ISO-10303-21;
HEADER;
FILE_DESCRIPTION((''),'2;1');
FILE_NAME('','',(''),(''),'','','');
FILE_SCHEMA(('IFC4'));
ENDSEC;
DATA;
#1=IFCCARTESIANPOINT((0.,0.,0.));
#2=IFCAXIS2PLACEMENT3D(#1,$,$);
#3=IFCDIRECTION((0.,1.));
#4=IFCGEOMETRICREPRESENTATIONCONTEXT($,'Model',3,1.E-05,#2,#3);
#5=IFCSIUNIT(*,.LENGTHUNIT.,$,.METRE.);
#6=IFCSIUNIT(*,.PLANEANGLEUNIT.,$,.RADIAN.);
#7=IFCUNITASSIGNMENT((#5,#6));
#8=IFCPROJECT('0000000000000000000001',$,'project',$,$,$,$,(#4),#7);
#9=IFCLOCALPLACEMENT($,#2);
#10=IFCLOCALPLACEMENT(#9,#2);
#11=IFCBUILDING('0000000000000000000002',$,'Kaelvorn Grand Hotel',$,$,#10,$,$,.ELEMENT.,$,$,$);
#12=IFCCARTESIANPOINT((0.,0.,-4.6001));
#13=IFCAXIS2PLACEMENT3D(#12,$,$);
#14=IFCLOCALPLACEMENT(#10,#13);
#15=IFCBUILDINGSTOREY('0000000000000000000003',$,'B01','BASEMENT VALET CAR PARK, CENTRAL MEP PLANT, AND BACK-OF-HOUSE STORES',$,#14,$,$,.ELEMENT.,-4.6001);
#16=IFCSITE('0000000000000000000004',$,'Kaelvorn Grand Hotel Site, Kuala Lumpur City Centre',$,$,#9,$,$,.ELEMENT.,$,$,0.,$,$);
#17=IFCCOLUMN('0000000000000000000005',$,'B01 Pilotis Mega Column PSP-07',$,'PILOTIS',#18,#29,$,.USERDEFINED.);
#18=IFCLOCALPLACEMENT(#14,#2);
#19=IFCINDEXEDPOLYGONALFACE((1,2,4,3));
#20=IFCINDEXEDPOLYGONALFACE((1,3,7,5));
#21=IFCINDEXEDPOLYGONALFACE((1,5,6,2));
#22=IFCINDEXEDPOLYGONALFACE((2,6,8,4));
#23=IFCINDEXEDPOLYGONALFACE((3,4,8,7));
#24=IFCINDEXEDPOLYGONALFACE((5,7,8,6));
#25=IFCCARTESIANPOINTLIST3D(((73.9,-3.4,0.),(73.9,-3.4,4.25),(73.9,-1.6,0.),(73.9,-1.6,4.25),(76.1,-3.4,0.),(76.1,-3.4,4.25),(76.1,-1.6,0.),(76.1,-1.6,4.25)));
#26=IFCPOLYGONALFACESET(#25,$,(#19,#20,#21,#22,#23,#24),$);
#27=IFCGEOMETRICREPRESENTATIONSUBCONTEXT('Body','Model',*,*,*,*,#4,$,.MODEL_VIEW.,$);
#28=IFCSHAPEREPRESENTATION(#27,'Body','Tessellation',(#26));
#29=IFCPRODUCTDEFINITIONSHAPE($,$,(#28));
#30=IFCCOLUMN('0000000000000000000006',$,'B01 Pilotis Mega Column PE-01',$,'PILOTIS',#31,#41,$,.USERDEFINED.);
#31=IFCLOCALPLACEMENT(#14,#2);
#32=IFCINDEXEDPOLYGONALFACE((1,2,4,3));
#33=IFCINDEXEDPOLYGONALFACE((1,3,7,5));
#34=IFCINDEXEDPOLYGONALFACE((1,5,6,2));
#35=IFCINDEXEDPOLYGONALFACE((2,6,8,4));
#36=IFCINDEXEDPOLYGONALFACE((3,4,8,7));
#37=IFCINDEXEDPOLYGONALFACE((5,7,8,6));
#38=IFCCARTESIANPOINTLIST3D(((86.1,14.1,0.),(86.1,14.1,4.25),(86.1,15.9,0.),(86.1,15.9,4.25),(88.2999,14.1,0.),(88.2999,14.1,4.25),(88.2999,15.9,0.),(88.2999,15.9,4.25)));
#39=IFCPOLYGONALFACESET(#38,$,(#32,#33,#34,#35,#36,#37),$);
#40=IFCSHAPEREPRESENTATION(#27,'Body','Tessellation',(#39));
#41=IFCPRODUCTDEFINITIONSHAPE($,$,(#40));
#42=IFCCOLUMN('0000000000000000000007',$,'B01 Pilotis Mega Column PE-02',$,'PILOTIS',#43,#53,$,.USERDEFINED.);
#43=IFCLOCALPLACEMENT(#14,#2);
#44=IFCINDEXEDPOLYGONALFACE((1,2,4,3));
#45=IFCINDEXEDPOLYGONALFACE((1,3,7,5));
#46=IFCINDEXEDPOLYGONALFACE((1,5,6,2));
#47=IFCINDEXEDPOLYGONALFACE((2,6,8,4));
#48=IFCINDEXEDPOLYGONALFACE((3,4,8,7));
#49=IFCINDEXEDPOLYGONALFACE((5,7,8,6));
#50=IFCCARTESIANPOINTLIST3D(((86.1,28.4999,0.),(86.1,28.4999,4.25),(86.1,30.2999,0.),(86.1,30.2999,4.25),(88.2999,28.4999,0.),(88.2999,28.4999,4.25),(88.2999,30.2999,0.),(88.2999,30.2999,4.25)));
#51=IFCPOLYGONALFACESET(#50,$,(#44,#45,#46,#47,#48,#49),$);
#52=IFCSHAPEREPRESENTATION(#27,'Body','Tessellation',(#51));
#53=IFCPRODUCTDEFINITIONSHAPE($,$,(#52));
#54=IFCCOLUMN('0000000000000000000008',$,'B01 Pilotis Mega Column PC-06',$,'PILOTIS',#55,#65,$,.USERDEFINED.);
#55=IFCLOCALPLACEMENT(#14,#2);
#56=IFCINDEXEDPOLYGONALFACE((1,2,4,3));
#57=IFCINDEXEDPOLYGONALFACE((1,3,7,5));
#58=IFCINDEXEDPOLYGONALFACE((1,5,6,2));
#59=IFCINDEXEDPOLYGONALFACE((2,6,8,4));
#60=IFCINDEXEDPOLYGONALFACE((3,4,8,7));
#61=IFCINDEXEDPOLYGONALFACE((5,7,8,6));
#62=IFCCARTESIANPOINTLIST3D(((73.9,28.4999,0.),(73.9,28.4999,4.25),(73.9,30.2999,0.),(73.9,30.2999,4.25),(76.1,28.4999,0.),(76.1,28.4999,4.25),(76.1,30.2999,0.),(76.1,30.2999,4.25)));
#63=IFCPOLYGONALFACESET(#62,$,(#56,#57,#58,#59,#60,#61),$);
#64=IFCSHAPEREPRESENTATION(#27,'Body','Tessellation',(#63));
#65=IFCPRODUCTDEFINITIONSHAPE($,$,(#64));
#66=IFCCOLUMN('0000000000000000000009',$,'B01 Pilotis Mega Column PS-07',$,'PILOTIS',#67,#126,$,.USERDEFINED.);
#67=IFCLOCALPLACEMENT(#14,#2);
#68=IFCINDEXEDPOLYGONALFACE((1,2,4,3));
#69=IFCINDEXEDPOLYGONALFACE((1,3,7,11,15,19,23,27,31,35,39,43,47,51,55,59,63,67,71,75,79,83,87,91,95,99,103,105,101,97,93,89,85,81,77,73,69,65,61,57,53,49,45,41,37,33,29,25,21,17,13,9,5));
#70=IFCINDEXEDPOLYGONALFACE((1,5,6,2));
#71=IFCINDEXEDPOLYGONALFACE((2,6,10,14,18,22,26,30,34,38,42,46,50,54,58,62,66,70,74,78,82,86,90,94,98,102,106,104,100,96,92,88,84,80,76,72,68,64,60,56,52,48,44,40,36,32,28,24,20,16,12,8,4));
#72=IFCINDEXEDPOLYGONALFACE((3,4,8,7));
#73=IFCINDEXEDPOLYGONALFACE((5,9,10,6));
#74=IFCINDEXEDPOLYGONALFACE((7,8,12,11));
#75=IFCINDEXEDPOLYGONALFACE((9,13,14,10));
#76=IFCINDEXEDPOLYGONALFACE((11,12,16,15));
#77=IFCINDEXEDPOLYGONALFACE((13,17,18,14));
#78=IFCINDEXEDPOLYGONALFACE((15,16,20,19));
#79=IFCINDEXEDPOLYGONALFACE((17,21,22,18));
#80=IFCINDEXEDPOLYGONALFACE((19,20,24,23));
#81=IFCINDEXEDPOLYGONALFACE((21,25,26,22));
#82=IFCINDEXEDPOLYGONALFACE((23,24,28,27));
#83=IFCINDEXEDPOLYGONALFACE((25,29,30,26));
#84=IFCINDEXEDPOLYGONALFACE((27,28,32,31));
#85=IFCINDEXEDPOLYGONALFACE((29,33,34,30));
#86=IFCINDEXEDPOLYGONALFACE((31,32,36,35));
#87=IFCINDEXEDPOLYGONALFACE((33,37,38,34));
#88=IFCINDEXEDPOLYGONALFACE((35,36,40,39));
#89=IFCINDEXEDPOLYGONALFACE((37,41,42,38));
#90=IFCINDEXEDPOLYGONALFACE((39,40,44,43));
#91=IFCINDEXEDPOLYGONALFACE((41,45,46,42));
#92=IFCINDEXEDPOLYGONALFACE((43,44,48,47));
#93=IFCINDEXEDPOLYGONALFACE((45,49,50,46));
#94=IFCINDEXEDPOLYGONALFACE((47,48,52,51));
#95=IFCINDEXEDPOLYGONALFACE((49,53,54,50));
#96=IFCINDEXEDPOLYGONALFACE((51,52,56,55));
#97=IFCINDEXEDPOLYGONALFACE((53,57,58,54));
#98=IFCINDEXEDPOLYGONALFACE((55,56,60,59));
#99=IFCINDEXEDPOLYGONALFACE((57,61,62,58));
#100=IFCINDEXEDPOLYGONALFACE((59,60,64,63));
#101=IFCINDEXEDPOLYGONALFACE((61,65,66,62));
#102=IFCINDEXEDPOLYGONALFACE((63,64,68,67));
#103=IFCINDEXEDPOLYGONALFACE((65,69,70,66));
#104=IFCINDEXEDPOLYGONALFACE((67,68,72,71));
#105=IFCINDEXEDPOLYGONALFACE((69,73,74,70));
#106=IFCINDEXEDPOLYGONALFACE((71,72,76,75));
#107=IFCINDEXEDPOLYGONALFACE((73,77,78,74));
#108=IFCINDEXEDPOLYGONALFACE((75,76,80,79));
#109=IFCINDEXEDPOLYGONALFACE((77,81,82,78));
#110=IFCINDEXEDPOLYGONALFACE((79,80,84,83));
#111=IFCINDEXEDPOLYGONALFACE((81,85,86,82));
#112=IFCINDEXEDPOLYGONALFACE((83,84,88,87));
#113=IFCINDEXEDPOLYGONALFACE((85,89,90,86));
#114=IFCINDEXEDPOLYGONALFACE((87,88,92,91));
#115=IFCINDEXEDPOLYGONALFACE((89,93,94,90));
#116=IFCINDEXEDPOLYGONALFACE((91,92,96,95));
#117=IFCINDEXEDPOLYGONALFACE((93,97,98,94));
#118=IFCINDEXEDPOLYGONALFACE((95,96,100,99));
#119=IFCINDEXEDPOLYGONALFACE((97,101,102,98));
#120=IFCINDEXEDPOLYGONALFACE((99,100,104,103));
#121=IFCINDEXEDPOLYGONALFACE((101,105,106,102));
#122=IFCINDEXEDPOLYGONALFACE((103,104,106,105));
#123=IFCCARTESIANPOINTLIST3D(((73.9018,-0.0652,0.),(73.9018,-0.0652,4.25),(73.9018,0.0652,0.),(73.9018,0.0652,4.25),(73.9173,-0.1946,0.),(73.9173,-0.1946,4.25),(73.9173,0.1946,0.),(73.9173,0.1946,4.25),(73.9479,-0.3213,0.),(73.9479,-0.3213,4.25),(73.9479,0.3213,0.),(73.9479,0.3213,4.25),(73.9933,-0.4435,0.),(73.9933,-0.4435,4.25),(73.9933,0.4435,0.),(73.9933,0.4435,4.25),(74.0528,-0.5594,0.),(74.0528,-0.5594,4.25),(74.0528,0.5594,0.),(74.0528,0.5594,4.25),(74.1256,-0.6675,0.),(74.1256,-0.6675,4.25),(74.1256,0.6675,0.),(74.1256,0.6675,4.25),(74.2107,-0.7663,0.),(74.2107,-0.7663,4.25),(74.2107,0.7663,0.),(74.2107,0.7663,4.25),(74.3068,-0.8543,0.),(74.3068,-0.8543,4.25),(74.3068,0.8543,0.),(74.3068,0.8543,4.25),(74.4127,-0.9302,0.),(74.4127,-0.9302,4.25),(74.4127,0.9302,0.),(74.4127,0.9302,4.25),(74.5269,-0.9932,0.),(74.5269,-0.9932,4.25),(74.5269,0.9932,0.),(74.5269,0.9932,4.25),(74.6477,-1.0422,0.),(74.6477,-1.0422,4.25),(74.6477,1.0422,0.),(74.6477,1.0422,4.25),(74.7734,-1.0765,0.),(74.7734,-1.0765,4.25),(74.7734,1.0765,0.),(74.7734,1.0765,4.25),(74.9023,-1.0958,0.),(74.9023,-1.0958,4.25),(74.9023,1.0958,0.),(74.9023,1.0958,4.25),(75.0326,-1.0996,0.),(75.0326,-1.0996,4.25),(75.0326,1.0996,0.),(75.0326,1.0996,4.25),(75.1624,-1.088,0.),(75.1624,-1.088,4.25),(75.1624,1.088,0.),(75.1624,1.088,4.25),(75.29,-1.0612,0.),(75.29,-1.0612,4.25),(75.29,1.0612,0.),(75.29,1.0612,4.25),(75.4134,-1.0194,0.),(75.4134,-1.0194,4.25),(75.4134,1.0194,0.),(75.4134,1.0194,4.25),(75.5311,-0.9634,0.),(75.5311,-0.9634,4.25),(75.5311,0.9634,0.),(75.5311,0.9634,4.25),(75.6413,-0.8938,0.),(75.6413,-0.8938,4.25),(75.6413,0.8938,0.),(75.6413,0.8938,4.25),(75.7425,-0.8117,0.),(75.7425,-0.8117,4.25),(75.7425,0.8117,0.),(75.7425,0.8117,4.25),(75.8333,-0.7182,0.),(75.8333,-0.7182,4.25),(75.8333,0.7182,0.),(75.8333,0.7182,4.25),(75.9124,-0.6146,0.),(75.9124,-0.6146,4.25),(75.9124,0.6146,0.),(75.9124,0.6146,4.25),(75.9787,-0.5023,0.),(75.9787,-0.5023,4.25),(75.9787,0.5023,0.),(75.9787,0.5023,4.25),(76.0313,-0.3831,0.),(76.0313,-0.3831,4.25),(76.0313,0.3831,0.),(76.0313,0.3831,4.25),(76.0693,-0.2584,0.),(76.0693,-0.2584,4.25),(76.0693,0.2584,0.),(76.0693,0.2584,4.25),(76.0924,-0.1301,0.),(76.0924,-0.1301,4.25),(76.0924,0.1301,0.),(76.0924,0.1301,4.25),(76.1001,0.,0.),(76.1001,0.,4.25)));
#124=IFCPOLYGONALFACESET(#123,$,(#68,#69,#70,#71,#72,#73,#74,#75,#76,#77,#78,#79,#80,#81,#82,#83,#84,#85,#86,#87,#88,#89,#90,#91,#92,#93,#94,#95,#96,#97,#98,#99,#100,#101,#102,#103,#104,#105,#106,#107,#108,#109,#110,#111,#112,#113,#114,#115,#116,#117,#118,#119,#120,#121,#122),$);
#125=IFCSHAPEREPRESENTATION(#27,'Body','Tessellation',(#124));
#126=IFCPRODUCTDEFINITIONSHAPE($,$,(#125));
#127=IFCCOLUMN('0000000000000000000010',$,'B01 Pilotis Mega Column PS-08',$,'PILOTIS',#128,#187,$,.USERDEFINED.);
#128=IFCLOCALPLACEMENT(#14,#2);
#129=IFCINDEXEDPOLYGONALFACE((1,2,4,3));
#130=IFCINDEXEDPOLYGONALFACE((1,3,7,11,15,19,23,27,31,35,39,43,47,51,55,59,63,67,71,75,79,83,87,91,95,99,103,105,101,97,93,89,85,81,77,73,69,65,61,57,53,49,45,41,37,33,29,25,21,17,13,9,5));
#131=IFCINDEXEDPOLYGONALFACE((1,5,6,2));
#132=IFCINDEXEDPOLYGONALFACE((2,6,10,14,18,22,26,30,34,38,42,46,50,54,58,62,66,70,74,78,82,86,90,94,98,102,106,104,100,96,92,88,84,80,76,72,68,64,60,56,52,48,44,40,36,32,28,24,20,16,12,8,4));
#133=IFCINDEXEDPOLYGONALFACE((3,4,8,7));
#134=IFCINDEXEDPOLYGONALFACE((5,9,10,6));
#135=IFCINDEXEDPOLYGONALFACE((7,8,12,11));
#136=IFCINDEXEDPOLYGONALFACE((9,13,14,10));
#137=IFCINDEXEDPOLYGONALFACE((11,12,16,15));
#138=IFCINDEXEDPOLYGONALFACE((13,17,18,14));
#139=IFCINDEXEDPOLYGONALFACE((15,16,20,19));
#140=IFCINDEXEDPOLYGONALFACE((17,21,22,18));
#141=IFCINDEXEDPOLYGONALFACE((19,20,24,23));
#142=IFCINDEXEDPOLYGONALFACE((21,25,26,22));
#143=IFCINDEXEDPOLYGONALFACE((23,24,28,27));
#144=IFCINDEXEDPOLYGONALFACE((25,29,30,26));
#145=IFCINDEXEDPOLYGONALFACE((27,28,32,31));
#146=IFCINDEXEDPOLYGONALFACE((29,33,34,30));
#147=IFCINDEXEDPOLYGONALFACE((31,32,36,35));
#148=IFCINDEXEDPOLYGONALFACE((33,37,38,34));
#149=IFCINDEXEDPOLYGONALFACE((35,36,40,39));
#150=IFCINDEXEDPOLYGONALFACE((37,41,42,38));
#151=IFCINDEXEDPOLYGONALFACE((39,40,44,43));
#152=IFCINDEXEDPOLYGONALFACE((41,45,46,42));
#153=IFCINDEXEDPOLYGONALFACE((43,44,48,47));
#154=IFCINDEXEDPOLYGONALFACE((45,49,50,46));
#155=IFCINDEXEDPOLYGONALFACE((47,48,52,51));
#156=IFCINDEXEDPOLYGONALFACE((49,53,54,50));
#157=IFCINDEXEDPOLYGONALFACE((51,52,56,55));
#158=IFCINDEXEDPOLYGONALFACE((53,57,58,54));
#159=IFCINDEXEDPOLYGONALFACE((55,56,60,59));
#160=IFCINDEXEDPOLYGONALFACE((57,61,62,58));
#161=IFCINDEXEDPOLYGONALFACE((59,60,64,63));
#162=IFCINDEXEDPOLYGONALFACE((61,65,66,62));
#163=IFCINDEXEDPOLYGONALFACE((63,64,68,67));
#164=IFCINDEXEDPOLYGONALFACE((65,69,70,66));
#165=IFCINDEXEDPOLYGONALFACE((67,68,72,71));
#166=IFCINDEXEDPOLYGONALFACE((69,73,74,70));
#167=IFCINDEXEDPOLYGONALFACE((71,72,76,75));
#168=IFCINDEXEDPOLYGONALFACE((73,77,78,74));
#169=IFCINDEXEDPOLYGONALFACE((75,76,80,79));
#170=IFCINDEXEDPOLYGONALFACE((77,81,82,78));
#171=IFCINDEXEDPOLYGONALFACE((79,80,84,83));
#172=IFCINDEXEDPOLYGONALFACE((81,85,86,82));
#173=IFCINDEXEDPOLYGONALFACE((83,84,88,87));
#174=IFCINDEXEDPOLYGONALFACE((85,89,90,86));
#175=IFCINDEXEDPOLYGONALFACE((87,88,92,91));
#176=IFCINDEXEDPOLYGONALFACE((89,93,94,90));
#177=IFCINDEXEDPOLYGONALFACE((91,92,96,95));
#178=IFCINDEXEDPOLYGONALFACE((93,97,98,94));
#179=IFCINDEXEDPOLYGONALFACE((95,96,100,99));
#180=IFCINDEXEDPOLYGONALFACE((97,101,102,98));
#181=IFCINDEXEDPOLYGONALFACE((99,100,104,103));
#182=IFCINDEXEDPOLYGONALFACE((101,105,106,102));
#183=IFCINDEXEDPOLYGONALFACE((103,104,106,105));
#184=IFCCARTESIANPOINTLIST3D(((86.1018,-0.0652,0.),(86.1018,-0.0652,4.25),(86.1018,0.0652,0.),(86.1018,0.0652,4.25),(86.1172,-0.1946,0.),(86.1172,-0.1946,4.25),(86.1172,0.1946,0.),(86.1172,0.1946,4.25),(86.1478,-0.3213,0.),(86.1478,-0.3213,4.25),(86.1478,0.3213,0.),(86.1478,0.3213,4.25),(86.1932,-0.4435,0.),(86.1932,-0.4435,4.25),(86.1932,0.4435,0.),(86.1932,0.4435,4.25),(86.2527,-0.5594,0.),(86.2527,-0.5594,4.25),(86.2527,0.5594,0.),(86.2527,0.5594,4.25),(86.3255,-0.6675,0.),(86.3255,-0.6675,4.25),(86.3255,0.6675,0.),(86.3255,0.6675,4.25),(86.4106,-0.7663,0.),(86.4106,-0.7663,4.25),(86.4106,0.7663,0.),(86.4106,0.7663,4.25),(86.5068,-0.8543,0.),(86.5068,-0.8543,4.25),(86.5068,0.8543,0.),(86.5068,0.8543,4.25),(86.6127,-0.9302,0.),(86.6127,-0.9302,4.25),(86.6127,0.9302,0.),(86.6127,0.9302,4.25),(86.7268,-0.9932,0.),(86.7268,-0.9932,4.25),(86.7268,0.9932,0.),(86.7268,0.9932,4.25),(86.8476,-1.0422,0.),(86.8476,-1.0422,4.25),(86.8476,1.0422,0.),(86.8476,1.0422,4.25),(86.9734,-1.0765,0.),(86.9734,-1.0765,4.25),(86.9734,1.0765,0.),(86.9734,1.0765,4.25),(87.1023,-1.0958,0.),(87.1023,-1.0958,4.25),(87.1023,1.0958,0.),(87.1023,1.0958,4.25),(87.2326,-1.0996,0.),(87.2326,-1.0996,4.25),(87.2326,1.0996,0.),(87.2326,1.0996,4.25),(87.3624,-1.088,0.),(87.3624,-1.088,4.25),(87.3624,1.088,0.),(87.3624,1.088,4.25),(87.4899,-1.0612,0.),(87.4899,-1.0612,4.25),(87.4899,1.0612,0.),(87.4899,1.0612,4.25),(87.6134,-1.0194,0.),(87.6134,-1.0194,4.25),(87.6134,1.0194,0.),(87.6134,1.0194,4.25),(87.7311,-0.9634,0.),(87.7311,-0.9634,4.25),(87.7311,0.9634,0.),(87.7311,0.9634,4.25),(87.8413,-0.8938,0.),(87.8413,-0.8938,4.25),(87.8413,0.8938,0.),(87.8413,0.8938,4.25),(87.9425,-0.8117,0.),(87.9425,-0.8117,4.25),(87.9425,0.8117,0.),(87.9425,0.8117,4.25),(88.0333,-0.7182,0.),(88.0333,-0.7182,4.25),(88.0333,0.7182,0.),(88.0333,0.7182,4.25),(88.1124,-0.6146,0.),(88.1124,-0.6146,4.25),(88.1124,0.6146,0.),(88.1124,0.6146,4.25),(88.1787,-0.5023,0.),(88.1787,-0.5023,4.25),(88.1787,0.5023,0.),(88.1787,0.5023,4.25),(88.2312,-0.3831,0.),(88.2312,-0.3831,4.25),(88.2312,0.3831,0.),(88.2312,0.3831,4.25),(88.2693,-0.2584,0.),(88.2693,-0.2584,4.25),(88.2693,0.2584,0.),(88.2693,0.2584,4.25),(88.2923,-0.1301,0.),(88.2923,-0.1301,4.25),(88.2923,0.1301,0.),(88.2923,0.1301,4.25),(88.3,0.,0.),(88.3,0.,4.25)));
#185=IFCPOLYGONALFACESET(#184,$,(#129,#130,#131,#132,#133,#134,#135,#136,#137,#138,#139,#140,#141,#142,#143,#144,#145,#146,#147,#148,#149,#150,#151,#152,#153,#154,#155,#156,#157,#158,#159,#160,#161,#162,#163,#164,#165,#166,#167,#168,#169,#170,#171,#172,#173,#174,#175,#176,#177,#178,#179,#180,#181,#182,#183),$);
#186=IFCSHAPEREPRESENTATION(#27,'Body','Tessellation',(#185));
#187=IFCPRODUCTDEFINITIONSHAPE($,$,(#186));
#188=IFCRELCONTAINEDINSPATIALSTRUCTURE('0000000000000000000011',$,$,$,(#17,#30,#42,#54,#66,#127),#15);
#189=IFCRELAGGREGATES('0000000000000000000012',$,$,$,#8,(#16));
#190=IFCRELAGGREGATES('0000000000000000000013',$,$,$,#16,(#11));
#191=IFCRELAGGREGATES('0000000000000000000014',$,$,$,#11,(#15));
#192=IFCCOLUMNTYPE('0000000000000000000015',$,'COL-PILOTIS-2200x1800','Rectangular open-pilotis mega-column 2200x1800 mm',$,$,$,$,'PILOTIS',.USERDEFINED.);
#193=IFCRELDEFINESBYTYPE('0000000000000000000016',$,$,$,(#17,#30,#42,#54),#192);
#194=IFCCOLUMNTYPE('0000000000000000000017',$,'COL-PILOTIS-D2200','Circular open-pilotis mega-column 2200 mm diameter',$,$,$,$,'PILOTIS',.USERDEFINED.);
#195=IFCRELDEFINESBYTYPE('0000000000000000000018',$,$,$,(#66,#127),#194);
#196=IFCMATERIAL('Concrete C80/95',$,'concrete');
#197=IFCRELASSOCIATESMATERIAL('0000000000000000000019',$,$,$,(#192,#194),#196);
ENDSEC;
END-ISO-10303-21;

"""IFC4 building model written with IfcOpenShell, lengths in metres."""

from ifc_helpers import new_model, si_unit, direction, frame, origin, origin_2d, place, context, subcontext, project, spatial, rectangle, circle, extrude, material, material_profile, profile_set, type_object, element, save


model = new_model("IFC4")

# Units and contexts
model_context = context("Model", 3, precision=1e-05, world=origin(), true_north=direction((0.0, 1.0)))
body_context = subcontext(model_context, "Body", "Model", "MODEL_VIEW")
ifc_project = project(units=[si_unit("LENGTHUNIT", "METRE"), si_unit("PLANEANGLEUNIT", "RADIAN")], contexts=[model_context])

# Site, building, storey
site_placement = place(None, origin())
site = spatial("IfcSite", under=ifc_project, at=site_placement, Name="Kaelvorn Grand Hotel Site, Kuala Lumpur City Centre", CompositionType="ELEMENT", RefElevation=0.0)
building_placement = place(site_placement, origin())
building = spatial("IfcBuilding", under=site, at=building_placement, Name="Kaelvorn Grand Hotel", CompositionType="ELEMENT")
storey_placement = place(building_placement, frame((0.0, 0.0, -4.6001)))
storey = spatial("IfcBuildingStorey", under=building, at=storey_placement, Name="B01", Description="BASEMENT VALET CAR PARK, CENTRAL MEP PLANT, AND BACK-OF-HOUSE STORES", CompositionType="ELEMENT", Elevation=-4.6001)

# Columns
ifc_material_1 = material(Name="Concrete C80/95", Category="concrete")
ifc_material_profile_1 = material_profile(ifc_material_1, rectangle(XDim=2.2, YDim=1.8, at=origin_2d()), Name="PILOTIS 2200x1800")
ifc_profile_set_1 = profile_set([ifc_material_profile_1], Name="Concrete C80/95")
column_type_1 = type_object("IfcColumnType", Name="COL-PILOTIS-2200x1800", Description="Rectangular open-pilotis mega-column 2200x1800 mm", ElementType="PILOTIS", PredefinedType="USERDEFINED", material=ifc_profile_set_1)
for number, where, z_axis, x_axis, name in (
    (1, (75.0, -2.5, 0.0), (0.0, 0.0, 1.0), (1.0, 0.0, 0.0), "B01 Pilotis Mega Column PSP-07"),
    (2, (87.2, 15.0, 0.0), (0.0, 0.0, 1.0), (1.0, 0.0, 0.0), "B01 Pilotis Mega Column PE-01"),
    (3, (87.2, 29.3999, 0.0), (0.0, 0.0, 1.0), (1.0, 0.0, 0.0), "B01 Pilotis Mega Column PE-02"),
    (4, (75.0, 29.3999, 0.0), (0.0, 0.0, 1.0), (1.0, 0.0, 0.0), "B01 Pilotis Mega Column PC-06"),
):
    element("IfcColumn", number, at=place(storey_placement, frame(where, z_axis=z_axis, x_axis=x_axis)), inside=storey, type_object=column_type_1, Name=name, ObjectType="PILOTIS", PredefinedType="USERDEFINED", context=body_context, shape_type="SweptSolid", body=[
        extrude(rectangle(XDim=2.2, YDim=1.8, at=origin_2d()), origin(), (0.0, 0.0, 1.0), 4.25),
    ])
ifc_material_profile_2 = material_profile(ifc_material_1, circle(Radius=1.1001, at=origin_2d()), Name="PILOTIS D2200")
ifc_profile_set_2 = profile_set([ifc_material_profile_2], Name="Concrete C80/95")
column_type_2 = type_object("IfcColumnType", Name="COL-PILOTIS-D2200", Description="Circular open-pilotis mega-column 2200 mm diameter", ElementType="PILOTIS", PredefinedType="USERDEFINED", material=ifc_profile_set_2)
for number, where, z_axis, x_axis, name in (
    (5, (75.0, 0.0, 0.0), (0.0, 0.0, 1.0), (1.0, 0.0, 0.0), "B01 Pilotis Mega Column PS-07"),
    (6, (87.2, 0.0, 0.0), (0.0, 0.0, 1.0), (1.0, 0.0, 0.0), "B01 Pilotis Mega Column PS-08"),
):
    element("IfcColumn", number, at=place(storey_placement, frame(where, z_axis=z_axis, x_axis=x_axis)), inside=storey, type_object=column_type_2, Name=name, ObjectType="PILOTIS", PredefinedType="USERDEFINED", context=body_context, shape_type="SweptSolid", body=[
        extrude(circle(Radius=1.1001, at=origin_2d()), origin(), (0.0, 0.0, 1.0), 4.25),
    ])

save(model, "model.ifc")
